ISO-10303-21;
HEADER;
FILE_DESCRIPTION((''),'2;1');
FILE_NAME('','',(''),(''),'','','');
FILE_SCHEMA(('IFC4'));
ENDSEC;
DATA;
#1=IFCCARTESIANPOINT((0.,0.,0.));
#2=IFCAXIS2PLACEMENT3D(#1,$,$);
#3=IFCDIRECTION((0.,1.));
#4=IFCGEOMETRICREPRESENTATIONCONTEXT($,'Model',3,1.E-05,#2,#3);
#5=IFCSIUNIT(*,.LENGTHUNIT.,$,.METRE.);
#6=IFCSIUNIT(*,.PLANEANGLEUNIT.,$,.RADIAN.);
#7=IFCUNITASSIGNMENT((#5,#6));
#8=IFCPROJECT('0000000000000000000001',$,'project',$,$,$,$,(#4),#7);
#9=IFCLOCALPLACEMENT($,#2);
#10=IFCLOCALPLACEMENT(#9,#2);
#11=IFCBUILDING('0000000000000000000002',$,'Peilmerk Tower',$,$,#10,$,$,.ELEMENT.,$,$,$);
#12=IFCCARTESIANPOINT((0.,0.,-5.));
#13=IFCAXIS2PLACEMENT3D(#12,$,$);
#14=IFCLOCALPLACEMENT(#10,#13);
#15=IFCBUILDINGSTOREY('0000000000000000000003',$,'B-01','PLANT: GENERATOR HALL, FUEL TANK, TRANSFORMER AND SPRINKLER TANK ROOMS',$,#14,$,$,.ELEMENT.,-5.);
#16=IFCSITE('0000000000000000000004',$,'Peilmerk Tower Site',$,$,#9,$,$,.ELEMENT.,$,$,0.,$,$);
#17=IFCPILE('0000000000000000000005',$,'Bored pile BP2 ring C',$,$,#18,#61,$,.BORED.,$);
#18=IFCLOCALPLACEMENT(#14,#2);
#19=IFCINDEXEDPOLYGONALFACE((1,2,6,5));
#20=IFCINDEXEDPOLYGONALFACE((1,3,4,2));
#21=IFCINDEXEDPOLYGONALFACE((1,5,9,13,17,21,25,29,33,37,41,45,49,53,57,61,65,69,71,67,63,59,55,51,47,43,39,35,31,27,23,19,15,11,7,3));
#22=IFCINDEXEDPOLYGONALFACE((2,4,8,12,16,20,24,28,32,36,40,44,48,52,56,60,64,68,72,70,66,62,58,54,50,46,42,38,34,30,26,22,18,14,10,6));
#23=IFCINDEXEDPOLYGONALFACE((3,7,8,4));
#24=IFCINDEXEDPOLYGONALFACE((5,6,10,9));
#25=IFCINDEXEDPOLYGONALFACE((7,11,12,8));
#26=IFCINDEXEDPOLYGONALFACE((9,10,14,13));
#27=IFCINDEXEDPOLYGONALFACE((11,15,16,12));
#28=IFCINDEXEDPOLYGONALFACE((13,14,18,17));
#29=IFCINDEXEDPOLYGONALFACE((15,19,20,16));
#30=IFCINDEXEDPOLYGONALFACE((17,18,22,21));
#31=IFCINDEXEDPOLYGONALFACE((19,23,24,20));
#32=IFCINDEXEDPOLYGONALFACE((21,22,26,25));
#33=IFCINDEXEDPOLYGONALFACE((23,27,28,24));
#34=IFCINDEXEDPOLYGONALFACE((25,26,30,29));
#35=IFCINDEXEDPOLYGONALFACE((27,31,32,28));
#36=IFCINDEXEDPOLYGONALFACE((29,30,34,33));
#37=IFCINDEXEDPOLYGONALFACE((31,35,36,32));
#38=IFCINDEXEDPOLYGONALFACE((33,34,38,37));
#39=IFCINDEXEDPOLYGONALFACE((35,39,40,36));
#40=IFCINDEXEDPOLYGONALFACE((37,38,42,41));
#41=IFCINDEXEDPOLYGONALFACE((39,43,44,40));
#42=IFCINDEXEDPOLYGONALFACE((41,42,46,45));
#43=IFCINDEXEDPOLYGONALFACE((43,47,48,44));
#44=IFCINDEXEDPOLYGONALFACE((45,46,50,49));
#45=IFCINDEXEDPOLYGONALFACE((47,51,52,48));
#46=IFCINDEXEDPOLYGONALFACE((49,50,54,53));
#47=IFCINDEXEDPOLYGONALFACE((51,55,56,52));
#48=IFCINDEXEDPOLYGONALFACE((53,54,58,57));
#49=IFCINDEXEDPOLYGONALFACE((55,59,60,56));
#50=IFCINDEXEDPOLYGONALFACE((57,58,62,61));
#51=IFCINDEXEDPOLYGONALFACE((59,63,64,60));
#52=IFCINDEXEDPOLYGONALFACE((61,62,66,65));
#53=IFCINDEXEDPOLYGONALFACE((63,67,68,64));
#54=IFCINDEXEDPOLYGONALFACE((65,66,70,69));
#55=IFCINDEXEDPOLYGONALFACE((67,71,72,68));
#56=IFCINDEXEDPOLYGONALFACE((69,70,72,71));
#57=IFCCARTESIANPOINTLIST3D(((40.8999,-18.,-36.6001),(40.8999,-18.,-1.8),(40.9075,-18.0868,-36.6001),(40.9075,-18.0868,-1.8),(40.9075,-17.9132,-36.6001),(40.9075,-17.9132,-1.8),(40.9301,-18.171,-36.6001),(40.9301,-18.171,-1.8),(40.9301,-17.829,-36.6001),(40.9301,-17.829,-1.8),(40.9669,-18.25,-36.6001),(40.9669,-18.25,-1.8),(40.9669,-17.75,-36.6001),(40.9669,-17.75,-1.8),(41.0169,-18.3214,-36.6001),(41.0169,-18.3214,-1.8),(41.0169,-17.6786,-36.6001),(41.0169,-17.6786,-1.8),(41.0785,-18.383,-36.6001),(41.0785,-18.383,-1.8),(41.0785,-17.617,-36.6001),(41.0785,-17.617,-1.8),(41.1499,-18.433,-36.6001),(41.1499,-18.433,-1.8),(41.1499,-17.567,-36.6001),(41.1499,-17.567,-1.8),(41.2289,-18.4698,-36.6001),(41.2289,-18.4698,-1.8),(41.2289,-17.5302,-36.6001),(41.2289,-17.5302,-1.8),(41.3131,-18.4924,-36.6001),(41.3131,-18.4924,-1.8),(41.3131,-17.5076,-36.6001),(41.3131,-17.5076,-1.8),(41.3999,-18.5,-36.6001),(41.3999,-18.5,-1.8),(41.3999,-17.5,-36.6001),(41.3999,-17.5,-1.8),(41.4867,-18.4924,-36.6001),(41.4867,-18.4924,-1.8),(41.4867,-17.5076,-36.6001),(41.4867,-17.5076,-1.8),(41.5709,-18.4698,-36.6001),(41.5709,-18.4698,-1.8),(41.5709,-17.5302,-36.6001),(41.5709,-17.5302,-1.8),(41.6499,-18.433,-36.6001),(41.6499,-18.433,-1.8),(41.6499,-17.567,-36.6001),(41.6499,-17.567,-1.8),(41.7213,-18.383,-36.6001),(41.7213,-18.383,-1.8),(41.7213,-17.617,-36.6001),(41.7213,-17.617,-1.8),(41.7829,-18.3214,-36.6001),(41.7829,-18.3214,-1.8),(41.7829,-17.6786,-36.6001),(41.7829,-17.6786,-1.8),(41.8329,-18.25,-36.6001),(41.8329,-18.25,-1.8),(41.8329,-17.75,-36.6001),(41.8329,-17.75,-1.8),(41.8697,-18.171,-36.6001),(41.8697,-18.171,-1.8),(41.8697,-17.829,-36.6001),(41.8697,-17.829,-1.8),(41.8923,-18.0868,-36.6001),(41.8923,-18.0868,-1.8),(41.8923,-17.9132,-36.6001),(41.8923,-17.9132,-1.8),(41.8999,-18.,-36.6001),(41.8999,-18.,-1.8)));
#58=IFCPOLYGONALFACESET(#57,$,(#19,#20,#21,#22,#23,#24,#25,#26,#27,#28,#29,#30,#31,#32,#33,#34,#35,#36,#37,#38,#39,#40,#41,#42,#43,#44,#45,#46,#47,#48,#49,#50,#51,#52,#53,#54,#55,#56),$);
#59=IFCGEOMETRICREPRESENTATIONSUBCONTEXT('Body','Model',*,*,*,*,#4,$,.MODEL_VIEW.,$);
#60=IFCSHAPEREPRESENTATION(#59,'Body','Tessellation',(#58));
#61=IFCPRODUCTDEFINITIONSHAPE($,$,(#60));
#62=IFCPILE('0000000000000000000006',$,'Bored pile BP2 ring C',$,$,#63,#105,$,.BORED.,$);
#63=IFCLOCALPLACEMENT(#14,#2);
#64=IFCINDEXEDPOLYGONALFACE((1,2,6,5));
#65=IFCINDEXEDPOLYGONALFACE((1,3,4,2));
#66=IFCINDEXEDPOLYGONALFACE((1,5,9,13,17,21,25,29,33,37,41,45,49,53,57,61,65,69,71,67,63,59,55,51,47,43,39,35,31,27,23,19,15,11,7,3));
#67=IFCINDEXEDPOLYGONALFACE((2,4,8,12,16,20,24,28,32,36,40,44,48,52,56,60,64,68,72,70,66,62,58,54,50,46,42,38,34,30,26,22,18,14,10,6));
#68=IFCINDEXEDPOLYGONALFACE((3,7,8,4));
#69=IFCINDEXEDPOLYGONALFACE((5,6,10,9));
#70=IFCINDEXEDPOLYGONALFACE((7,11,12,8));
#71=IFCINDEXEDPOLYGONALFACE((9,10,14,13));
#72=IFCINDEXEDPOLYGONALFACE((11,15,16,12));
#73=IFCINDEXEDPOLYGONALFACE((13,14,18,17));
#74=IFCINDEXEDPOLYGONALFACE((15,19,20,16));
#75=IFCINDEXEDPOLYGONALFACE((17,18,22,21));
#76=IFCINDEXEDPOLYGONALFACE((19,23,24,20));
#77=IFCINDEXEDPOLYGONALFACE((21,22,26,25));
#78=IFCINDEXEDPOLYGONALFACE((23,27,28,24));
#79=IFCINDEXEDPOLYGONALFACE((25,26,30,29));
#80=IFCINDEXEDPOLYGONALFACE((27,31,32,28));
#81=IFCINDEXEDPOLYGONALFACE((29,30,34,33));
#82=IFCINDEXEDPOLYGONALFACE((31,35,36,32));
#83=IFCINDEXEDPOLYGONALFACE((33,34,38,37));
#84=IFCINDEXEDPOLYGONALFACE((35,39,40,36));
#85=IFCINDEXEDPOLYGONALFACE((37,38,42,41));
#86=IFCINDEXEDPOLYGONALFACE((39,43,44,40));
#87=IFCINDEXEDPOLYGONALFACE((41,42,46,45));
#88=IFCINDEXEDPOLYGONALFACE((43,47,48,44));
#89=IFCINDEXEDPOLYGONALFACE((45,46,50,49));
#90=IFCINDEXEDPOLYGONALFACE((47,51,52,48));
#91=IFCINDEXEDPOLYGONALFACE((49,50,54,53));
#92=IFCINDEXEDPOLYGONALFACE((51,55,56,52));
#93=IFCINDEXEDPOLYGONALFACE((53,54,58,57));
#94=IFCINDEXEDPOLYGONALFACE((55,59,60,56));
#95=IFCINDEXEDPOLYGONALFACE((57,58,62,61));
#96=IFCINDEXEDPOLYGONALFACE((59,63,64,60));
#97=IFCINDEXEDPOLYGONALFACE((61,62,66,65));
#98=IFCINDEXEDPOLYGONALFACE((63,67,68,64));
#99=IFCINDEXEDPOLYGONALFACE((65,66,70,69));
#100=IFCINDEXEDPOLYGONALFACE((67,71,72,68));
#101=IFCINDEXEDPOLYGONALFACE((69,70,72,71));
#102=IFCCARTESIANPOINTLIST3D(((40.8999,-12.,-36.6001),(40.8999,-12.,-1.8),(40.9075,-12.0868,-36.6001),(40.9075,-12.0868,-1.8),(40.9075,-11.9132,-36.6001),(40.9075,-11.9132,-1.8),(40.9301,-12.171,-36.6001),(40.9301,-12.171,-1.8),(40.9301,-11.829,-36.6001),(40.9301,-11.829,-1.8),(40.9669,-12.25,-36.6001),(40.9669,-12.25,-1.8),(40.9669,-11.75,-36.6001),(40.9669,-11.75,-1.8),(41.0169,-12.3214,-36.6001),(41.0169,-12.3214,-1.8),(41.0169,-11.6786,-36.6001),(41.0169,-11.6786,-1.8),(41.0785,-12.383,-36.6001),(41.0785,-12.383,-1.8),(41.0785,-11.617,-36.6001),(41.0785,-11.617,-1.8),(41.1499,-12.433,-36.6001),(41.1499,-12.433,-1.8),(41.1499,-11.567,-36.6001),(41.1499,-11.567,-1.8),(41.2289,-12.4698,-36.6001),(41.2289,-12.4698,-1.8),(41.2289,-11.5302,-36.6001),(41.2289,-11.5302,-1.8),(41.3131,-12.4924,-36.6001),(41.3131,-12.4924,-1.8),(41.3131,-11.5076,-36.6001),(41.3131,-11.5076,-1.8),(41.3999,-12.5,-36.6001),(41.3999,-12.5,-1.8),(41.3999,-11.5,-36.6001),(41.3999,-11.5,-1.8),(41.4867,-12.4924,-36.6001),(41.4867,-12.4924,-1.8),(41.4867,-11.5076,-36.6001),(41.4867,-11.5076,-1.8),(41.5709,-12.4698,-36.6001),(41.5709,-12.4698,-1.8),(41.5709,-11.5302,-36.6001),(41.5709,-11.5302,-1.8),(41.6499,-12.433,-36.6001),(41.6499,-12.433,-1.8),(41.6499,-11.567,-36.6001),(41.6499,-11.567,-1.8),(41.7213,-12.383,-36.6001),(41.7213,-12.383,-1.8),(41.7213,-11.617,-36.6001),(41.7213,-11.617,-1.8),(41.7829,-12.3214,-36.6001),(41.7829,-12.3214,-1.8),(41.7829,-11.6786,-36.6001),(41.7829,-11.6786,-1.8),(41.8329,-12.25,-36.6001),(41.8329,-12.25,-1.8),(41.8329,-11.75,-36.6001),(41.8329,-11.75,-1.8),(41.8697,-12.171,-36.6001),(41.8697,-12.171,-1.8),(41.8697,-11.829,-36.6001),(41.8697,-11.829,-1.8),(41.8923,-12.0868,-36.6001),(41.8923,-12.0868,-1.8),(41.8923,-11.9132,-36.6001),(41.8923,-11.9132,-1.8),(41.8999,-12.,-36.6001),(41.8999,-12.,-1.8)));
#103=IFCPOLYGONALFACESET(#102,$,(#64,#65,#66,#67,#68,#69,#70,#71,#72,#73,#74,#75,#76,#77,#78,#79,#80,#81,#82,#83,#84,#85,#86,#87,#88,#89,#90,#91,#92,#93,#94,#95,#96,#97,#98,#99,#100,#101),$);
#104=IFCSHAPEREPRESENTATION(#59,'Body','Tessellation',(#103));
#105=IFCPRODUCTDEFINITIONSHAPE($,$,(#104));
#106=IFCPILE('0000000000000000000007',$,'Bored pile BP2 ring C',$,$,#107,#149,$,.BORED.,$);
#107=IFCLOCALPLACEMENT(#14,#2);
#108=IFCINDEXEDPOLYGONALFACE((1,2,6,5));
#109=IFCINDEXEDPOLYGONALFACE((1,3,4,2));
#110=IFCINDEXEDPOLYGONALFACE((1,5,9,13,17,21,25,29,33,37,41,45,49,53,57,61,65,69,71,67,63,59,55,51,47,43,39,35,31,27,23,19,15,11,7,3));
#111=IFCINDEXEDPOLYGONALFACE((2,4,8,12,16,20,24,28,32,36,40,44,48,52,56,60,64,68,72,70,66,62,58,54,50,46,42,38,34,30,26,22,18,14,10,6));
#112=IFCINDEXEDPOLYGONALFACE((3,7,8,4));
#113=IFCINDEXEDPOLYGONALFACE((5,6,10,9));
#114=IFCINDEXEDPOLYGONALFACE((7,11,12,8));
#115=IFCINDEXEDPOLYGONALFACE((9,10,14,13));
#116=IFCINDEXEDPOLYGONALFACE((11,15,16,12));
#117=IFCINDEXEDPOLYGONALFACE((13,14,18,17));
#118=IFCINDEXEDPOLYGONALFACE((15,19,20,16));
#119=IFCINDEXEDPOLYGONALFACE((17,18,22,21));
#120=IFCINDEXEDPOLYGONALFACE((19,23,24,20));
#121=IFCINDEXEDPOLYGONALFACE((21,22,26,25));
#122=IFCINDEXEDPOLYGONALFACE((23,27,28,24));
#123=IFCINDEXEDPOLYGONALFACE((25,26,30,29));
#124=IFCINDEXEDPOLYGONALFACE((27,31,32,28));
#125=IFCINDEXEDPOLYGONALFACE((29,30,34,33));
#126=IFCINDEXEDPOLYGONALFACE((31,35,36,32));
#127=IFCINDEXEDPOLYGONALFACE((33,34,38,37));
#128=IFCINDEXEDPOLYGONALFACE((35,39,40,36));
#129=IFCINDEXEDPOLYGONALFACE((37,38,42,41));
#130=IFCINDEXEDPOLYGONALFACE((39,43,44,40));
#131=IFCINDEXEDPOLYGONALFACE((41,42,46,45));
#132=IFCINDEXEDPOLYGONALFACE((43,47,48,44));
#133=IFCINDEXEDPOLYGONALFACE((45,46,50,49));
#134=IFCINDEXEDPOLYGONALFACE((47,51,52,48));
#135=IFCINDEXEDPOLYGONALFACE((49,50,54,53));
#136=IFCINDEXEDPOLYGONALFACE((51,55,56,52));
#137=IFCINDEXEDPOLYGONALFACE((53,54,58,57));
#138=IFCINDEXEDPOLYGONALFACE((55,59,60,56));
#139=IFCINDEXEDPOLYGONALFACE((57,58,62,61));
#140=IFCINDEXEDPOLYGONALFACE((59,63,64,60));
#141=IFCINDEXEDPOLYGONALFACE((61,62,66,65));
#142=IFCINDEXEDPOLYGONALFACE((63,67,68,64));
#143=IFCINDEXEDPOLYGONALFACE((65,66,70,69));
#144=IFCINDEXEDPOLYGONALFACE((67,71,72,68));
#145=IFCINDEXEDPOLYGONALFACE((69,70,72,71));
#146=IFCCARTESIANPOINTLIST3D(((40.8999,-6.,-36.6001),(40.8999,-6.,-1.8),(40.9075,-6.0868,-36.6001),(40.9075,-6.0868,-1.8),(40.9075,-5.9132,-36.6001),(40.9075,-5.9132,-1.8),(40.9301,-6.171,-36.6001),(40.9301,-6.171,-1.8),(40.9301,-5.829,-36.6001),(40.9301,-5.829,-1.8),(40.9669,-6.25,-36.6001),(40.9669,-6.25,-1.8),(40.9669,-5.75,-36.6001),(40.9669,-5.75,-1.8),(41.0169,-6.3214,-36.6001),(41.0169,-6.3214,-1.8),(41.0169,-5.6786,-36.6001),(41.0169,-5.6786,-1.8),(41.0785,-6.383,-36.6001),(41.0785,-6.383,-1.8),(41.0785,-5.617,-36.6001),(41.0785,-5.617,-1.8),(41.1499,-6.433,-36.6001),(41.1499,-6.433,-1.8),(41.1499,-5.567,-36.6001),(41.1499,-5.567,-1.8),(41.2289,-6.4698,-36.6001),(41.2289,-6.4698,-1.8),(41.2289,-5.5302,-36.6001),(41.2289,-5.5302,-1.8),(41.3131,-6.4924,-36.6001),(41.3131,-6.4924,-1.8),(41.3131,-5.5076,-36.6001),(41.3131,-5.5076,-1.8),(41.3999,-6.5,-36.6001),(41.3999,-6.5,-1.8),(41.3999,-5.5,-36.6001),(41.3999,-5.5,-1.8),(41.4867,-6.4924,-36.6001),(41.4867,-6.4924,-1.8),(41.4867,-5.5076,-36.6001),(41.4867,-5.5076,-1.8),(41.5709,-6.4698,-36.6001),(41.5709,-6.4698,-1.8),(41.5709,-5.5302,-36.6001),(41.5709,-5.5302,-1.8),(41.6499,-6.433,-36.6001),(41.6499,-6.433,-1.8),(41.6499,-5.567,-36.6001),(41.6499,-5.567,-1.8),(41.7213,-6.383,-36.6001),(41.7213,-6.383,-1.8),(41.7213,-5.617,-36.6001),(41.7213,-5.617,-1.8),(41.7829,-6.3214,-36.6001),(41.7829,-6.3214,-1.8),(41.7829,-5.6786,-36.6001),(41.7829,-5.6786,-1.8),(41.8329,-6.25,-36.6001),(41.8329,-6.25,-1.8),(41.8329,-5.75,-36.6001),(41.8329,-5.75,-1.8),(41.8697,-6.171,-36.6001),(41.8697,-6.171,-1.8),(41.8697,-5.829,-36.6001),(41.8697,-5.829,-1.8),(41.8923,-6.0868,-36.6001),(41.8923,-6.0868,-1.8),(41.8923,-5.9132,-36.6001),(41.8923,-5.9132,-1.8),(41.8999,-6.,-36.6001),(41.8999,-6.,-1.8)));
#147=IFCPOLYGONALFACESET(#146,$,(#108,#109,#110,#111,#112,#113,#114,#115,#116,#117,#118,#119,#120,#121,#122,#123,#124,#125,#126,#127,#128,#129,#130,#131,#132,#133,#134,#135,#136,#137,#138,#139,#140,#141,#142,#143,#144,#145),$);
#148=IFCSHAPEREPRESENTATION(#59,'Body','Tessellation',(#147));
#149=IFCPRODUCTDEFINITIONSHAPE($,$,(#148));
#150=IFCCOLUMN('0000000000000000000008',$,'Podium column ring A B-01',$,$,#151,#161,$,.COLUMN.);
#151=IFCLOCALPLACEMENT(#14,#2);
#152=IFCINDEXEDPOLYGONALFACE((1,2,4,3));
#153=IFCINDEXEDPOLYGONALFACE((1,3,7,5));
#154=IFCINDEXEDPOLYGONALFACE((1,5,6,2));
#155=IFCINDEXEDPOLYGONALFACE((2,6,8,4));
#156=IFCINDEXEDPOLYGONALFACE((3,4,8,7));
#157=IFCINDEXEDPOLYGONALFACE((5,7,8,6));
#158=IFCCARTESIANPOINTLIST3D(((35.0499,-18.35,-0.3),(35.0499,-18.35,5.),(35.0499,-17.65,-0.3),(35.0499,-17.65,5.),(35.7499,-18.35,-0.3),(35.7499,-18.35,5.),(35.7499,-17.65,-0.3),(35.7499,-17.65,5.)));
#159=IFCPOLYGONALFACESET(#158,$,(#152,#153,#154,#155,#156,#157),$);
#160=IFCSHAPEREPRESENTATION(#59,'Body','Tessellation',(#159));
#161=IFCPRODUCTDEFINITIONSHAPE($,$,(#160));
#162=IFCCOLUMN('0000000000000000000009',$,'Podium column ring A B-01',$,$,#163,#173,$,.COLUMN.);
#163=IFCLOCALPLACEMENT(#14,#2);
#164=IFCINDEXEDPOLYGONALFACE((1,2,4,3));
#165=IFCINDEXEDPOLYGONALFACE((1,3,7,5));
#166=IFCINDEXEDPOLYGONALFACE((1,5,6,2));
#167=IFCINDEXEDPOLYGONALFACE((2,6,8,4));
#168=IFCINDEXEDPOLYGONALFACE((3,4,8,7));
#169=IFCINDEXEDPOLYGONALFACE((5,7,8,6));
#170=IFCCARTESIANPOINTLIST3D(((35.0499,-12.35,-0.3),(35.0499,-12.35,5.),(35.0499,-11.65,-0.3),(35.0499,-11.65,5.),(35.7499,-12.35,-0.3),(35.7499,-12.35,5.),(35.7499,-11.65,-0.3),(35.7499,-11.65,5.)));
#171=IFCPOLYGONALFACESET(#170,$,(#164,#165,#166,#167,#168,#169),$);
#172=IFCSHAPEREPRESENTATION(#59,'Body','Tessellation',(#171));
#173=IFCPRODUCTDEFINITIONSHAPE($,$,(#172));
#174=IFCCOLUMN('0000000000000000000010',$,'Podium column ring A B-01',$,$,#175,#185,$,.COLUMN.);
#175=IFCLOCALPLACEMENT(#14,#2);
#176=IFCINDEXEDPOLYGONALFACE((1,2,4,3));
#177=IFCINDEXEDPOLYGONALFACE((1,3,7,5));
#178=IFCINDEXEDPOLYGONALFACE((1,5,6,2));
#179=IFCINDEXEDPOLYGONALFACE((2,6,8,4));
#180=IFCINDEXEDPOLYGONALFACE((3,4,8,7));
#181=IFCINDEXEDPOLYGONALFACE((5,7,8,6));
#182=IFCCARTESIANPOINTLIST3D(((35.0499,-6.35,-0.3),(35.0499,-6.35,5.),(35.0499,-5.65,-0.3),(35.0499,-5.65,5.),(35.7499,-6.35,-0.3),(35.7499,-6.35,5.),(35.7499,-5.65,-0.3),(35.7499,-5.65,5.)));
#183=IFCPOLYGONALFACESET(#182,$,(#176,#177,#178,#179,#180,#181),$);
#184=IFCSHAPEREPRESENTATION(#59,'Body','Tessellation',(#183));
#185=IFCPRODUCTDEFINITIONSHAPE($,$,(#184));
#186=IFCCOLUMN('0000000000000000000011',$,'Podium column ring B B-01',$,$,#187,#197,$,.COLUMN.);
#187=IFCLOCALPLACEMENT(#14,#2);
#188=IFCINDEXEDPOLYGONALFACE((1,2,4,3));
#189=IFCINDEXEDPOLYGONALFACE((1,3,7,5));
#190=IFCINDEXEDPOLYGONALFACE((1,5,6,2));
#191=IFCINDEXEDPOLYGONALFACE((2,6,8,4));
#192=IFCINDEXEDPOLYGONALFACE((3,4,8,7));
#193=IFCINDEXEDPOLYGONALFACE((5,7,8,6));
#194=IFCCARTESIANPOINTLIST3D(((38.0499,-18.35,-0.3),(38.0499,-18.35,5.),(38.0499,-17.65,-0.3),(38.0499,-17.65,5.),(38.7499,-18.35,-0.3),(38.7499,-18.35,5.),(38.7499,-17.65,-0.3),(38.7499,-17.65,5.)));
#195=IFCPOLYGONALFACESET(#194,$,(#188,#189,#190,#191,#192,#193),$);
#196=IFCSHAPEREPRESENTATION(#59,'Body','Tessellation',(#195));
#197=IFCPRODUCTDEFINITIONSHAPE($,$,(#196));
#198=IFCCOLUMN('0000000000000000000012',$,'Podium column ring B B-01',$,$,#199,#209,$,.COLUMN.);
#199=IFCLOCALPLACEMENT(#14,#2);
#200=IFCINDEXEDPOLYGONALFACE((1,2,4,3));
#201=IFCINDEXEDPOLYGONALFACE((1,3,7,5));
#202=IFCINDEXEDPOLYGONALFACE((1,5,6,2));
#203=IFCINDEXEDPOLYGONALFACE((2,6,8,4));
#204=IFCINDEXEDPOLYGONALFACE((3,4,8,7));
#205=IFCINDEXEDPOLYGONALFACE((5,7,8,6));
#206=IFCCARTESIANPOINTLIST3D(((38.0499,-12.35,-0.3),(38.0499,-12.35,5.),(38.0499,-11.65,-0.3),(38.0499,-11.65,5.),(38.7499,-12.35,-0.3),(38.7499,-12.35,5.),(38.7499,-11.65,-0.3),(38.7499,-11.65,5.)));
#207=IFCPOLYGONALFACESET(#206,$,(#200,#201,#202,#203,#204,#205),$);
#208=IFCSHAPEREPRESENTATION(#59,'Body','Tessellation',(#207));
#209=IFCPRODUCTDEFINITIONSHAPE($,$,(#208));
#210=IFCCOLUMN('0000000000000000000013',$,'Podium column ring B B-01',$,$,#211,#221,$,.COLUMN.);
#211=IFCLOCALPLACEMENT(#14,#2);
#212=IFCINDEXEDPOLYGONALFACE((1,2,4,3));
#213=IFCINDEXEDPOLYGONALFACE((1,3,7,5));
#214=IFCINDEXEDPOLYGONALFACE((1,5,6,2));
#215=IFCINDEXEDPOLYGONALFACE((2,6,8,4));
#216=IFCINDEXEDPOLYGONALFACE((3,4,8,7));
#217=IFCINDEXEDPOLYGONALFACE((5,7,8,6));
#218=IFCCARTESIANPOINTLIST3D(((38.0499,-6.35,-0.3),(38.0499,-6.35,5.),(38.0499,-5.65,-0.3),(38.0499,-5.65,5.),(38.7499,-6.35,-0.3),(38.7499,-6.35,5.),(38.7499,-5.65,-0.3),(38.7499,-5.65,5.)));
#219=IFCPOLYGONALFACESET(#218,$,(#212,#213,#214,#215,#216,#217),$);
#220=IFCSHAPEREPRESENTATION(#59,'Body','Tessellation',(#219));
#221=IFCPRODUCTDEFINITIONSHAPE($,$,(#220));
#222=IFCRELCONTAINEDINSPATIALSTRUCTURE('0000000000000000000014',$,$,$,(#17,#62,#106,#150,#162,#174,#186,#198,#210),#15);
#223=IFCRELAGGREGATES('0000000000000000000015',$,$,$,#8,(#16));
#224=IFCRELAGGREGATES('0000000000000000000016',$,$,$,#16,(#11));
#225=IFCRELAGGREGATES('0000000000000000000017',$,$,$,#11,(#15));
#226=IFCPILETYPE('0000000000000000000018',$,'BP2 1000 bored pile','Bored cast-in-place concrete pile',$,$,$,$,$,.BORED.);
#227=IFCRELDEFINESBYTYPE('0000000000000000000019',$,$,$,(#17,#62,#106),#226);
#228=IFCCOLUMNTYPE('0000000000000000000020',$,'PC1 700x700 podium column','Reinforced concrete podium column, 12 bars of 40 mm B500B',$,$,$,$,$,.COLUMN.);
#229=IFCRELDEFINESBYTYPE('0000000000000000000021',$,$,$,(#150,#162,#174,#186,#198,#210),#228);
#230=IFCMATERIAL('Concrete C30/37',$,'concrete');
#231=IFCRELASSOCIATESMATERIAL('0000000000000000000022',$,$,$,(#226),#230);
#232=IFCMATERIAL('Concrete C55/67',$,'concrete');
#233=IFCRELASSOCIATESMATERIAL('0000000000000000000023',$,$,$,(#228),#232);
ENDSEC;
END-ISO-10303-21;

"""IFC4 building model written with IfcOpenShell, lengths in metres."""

from ifc_helpers import new_model, si_unit, direction, frame, origin, origin_2d, place, context, subcontext, project, spatial, rectangle, circle, extrude, material, material_profile, profile_set, type_object, element, save


model = new_model("IFC4")

# Units and contexts
model_context = context("Model", 3, precision=1e-05, world=origin(), true_north=direction((0.0, 1.0)))
body_context = subcontext(model_context, "Body", "Model", "MODEL_VIEW")
ifc_project = project(units=[si_unit("LENGTHUNIT", "METRE"), si_unit("PLANEANGLEUNIT", "RADIAN")], contexts=[model_context])

# Site, building, storey
site_placement = place(None, origin())
site = spatial("IfcSite", under=ifc_project, at=site_placement, Name="Peilmerk Tower Site", CompositionType="ELEMENT", RefElevation=0.0)
building_placement = place(site_placement, origin())
building = spatial("IfcBuilding", under=site, at=building_placement, Name="Peilmerk Tower", CompositionType="ELEMENT")
storey_placement = place(building_placement, frame((0.0, 0.0, -5.0)))
storey = spatial("IfcBuildingStorey", under=building, at=storey_placement, Name="B-01", Description="PLANT: GENERATOR HALL, FUEL TANK, TRANSFORMER AND SPRINKLER TANK ROOMS", CompositionType="ELEMENT", Elevation=-5.0)

# Piles
ifc_material_1 = material(Name="Concrete C30/37", Category="concrete")
ifc_material_profile_1 = material_profile(ifc_material_1, circle(Radius=0.5, at=origin_2d()), Name="BP 1000")
ifc_profile_set_1 = profile_set([ifc_material_profile_1], Name="Concrete C30/37")
pile_type_1 = type_object("IfcPileType", Name="BP2 1000 bored pile", Description="Bored cast-in-place concrete pile", PredefinedType="BORED", material=ifc_profile_set_1)
for number, where, z_axis, x_axis, name in (
    (1, (41.3999, -18.0, -1.8), (0.0, 0.0, -1.0), (1.0, 0.0, 0.0), "Bored pile BP2 ring C"),
    (2, (41.3999, -12.0, -1.8), (0.0, 0.0, -1.0), (1.0, 0.0, 0.0), "Bored pile BP2 ring C"),
    (3, (41.3999, -6.0, -1.8), (0.0, 0.0, -1.0), (1.0, 0.0, 0.0), "Bored pile BP2 ring C"),
):
    element("IfcPile", number, at=place(storey_placement, frame(where, z_axis=z_axis, x_axis=x_axis)), inside=storey, type_object=pile_type_1, Name=name, PredefinedType="BORED", context=body_context, shape_type="SweptSolid", body=[
        extrude(circle(Radius=0.5, at=origin_2d()), origin(), (0.0, 0.0, 1.0), 34.8),
    ])

# Columns
ifc_material_2 = material(Name="Concrete C55/67", Category="concrete")
ifc_material_profile_2 = material_profile(ifc_material_2, rectangle(XDim=0.7, YDim=0.7, at=origin_2d()), Name="RC 700x700")
ifc_profile_set_2 = profile_set([ifc_material_profile_2], Name="Concrete C55/67")
column_type_1 = type_object("IfcColumnType", Name="PC1 700x700 podium column", Description="Reinforced concrete podium column, 12 bars of 40 mm B500B", PredefinedType="COLUMN", material=ifc_profile_set_2)
for number, where, z_axis, x_axis, name in (
    (4, (35.3999, -18.0, -0.3), (0.0, 0.0, 1.0), (1.0, 0.0, 0.0), "Podium column ring A B-01"),
    (5, (35.3999, -12.0, -0.3), (0.0, 0.0, 1.0), (1.0, 0.0, 0.0), "Podium column ring A B-01"),
    (6, (35.3999, -6.0, -0.3), (0.0, 0.0, 1.0), (1.0, 0.0, 0.0), "Podium column ring A B-01"),
    (7, (38.3999, -18.0, -0.3), (0.0, 0.0, 1.0), (1.0, 0.0, 0.0), "Podium column ring B B-01"),
    (8, (38.3999, -12.0, -0.3), (0.0, 0.0, 1.0), (1.0, 0.0, 0.0), "Podium column ring B B-01"),
    (9, (38.3999, -6.0, -0.3), (0.0, 0.0, 1.0), (1.0, 0.0, 0.0), "Podium column ring B B-01"),
):
    element("IfcColumn", number, at=place(storey_placement, frame(where, z_axis=z_axis, x_axis=x_axis)), inside=storey, type_object=column_type_1, Name=name, PredefinedType="COLUMN", context=body_context, shape_type="SweptSolid", body=[
        extrude(rectangle(XDim=0.7, YDim=0.7, at=origin_2d()), origin(), (0.0, 0.0, 1.0), 5.3),
    ])

save(model, "model.ifc")
